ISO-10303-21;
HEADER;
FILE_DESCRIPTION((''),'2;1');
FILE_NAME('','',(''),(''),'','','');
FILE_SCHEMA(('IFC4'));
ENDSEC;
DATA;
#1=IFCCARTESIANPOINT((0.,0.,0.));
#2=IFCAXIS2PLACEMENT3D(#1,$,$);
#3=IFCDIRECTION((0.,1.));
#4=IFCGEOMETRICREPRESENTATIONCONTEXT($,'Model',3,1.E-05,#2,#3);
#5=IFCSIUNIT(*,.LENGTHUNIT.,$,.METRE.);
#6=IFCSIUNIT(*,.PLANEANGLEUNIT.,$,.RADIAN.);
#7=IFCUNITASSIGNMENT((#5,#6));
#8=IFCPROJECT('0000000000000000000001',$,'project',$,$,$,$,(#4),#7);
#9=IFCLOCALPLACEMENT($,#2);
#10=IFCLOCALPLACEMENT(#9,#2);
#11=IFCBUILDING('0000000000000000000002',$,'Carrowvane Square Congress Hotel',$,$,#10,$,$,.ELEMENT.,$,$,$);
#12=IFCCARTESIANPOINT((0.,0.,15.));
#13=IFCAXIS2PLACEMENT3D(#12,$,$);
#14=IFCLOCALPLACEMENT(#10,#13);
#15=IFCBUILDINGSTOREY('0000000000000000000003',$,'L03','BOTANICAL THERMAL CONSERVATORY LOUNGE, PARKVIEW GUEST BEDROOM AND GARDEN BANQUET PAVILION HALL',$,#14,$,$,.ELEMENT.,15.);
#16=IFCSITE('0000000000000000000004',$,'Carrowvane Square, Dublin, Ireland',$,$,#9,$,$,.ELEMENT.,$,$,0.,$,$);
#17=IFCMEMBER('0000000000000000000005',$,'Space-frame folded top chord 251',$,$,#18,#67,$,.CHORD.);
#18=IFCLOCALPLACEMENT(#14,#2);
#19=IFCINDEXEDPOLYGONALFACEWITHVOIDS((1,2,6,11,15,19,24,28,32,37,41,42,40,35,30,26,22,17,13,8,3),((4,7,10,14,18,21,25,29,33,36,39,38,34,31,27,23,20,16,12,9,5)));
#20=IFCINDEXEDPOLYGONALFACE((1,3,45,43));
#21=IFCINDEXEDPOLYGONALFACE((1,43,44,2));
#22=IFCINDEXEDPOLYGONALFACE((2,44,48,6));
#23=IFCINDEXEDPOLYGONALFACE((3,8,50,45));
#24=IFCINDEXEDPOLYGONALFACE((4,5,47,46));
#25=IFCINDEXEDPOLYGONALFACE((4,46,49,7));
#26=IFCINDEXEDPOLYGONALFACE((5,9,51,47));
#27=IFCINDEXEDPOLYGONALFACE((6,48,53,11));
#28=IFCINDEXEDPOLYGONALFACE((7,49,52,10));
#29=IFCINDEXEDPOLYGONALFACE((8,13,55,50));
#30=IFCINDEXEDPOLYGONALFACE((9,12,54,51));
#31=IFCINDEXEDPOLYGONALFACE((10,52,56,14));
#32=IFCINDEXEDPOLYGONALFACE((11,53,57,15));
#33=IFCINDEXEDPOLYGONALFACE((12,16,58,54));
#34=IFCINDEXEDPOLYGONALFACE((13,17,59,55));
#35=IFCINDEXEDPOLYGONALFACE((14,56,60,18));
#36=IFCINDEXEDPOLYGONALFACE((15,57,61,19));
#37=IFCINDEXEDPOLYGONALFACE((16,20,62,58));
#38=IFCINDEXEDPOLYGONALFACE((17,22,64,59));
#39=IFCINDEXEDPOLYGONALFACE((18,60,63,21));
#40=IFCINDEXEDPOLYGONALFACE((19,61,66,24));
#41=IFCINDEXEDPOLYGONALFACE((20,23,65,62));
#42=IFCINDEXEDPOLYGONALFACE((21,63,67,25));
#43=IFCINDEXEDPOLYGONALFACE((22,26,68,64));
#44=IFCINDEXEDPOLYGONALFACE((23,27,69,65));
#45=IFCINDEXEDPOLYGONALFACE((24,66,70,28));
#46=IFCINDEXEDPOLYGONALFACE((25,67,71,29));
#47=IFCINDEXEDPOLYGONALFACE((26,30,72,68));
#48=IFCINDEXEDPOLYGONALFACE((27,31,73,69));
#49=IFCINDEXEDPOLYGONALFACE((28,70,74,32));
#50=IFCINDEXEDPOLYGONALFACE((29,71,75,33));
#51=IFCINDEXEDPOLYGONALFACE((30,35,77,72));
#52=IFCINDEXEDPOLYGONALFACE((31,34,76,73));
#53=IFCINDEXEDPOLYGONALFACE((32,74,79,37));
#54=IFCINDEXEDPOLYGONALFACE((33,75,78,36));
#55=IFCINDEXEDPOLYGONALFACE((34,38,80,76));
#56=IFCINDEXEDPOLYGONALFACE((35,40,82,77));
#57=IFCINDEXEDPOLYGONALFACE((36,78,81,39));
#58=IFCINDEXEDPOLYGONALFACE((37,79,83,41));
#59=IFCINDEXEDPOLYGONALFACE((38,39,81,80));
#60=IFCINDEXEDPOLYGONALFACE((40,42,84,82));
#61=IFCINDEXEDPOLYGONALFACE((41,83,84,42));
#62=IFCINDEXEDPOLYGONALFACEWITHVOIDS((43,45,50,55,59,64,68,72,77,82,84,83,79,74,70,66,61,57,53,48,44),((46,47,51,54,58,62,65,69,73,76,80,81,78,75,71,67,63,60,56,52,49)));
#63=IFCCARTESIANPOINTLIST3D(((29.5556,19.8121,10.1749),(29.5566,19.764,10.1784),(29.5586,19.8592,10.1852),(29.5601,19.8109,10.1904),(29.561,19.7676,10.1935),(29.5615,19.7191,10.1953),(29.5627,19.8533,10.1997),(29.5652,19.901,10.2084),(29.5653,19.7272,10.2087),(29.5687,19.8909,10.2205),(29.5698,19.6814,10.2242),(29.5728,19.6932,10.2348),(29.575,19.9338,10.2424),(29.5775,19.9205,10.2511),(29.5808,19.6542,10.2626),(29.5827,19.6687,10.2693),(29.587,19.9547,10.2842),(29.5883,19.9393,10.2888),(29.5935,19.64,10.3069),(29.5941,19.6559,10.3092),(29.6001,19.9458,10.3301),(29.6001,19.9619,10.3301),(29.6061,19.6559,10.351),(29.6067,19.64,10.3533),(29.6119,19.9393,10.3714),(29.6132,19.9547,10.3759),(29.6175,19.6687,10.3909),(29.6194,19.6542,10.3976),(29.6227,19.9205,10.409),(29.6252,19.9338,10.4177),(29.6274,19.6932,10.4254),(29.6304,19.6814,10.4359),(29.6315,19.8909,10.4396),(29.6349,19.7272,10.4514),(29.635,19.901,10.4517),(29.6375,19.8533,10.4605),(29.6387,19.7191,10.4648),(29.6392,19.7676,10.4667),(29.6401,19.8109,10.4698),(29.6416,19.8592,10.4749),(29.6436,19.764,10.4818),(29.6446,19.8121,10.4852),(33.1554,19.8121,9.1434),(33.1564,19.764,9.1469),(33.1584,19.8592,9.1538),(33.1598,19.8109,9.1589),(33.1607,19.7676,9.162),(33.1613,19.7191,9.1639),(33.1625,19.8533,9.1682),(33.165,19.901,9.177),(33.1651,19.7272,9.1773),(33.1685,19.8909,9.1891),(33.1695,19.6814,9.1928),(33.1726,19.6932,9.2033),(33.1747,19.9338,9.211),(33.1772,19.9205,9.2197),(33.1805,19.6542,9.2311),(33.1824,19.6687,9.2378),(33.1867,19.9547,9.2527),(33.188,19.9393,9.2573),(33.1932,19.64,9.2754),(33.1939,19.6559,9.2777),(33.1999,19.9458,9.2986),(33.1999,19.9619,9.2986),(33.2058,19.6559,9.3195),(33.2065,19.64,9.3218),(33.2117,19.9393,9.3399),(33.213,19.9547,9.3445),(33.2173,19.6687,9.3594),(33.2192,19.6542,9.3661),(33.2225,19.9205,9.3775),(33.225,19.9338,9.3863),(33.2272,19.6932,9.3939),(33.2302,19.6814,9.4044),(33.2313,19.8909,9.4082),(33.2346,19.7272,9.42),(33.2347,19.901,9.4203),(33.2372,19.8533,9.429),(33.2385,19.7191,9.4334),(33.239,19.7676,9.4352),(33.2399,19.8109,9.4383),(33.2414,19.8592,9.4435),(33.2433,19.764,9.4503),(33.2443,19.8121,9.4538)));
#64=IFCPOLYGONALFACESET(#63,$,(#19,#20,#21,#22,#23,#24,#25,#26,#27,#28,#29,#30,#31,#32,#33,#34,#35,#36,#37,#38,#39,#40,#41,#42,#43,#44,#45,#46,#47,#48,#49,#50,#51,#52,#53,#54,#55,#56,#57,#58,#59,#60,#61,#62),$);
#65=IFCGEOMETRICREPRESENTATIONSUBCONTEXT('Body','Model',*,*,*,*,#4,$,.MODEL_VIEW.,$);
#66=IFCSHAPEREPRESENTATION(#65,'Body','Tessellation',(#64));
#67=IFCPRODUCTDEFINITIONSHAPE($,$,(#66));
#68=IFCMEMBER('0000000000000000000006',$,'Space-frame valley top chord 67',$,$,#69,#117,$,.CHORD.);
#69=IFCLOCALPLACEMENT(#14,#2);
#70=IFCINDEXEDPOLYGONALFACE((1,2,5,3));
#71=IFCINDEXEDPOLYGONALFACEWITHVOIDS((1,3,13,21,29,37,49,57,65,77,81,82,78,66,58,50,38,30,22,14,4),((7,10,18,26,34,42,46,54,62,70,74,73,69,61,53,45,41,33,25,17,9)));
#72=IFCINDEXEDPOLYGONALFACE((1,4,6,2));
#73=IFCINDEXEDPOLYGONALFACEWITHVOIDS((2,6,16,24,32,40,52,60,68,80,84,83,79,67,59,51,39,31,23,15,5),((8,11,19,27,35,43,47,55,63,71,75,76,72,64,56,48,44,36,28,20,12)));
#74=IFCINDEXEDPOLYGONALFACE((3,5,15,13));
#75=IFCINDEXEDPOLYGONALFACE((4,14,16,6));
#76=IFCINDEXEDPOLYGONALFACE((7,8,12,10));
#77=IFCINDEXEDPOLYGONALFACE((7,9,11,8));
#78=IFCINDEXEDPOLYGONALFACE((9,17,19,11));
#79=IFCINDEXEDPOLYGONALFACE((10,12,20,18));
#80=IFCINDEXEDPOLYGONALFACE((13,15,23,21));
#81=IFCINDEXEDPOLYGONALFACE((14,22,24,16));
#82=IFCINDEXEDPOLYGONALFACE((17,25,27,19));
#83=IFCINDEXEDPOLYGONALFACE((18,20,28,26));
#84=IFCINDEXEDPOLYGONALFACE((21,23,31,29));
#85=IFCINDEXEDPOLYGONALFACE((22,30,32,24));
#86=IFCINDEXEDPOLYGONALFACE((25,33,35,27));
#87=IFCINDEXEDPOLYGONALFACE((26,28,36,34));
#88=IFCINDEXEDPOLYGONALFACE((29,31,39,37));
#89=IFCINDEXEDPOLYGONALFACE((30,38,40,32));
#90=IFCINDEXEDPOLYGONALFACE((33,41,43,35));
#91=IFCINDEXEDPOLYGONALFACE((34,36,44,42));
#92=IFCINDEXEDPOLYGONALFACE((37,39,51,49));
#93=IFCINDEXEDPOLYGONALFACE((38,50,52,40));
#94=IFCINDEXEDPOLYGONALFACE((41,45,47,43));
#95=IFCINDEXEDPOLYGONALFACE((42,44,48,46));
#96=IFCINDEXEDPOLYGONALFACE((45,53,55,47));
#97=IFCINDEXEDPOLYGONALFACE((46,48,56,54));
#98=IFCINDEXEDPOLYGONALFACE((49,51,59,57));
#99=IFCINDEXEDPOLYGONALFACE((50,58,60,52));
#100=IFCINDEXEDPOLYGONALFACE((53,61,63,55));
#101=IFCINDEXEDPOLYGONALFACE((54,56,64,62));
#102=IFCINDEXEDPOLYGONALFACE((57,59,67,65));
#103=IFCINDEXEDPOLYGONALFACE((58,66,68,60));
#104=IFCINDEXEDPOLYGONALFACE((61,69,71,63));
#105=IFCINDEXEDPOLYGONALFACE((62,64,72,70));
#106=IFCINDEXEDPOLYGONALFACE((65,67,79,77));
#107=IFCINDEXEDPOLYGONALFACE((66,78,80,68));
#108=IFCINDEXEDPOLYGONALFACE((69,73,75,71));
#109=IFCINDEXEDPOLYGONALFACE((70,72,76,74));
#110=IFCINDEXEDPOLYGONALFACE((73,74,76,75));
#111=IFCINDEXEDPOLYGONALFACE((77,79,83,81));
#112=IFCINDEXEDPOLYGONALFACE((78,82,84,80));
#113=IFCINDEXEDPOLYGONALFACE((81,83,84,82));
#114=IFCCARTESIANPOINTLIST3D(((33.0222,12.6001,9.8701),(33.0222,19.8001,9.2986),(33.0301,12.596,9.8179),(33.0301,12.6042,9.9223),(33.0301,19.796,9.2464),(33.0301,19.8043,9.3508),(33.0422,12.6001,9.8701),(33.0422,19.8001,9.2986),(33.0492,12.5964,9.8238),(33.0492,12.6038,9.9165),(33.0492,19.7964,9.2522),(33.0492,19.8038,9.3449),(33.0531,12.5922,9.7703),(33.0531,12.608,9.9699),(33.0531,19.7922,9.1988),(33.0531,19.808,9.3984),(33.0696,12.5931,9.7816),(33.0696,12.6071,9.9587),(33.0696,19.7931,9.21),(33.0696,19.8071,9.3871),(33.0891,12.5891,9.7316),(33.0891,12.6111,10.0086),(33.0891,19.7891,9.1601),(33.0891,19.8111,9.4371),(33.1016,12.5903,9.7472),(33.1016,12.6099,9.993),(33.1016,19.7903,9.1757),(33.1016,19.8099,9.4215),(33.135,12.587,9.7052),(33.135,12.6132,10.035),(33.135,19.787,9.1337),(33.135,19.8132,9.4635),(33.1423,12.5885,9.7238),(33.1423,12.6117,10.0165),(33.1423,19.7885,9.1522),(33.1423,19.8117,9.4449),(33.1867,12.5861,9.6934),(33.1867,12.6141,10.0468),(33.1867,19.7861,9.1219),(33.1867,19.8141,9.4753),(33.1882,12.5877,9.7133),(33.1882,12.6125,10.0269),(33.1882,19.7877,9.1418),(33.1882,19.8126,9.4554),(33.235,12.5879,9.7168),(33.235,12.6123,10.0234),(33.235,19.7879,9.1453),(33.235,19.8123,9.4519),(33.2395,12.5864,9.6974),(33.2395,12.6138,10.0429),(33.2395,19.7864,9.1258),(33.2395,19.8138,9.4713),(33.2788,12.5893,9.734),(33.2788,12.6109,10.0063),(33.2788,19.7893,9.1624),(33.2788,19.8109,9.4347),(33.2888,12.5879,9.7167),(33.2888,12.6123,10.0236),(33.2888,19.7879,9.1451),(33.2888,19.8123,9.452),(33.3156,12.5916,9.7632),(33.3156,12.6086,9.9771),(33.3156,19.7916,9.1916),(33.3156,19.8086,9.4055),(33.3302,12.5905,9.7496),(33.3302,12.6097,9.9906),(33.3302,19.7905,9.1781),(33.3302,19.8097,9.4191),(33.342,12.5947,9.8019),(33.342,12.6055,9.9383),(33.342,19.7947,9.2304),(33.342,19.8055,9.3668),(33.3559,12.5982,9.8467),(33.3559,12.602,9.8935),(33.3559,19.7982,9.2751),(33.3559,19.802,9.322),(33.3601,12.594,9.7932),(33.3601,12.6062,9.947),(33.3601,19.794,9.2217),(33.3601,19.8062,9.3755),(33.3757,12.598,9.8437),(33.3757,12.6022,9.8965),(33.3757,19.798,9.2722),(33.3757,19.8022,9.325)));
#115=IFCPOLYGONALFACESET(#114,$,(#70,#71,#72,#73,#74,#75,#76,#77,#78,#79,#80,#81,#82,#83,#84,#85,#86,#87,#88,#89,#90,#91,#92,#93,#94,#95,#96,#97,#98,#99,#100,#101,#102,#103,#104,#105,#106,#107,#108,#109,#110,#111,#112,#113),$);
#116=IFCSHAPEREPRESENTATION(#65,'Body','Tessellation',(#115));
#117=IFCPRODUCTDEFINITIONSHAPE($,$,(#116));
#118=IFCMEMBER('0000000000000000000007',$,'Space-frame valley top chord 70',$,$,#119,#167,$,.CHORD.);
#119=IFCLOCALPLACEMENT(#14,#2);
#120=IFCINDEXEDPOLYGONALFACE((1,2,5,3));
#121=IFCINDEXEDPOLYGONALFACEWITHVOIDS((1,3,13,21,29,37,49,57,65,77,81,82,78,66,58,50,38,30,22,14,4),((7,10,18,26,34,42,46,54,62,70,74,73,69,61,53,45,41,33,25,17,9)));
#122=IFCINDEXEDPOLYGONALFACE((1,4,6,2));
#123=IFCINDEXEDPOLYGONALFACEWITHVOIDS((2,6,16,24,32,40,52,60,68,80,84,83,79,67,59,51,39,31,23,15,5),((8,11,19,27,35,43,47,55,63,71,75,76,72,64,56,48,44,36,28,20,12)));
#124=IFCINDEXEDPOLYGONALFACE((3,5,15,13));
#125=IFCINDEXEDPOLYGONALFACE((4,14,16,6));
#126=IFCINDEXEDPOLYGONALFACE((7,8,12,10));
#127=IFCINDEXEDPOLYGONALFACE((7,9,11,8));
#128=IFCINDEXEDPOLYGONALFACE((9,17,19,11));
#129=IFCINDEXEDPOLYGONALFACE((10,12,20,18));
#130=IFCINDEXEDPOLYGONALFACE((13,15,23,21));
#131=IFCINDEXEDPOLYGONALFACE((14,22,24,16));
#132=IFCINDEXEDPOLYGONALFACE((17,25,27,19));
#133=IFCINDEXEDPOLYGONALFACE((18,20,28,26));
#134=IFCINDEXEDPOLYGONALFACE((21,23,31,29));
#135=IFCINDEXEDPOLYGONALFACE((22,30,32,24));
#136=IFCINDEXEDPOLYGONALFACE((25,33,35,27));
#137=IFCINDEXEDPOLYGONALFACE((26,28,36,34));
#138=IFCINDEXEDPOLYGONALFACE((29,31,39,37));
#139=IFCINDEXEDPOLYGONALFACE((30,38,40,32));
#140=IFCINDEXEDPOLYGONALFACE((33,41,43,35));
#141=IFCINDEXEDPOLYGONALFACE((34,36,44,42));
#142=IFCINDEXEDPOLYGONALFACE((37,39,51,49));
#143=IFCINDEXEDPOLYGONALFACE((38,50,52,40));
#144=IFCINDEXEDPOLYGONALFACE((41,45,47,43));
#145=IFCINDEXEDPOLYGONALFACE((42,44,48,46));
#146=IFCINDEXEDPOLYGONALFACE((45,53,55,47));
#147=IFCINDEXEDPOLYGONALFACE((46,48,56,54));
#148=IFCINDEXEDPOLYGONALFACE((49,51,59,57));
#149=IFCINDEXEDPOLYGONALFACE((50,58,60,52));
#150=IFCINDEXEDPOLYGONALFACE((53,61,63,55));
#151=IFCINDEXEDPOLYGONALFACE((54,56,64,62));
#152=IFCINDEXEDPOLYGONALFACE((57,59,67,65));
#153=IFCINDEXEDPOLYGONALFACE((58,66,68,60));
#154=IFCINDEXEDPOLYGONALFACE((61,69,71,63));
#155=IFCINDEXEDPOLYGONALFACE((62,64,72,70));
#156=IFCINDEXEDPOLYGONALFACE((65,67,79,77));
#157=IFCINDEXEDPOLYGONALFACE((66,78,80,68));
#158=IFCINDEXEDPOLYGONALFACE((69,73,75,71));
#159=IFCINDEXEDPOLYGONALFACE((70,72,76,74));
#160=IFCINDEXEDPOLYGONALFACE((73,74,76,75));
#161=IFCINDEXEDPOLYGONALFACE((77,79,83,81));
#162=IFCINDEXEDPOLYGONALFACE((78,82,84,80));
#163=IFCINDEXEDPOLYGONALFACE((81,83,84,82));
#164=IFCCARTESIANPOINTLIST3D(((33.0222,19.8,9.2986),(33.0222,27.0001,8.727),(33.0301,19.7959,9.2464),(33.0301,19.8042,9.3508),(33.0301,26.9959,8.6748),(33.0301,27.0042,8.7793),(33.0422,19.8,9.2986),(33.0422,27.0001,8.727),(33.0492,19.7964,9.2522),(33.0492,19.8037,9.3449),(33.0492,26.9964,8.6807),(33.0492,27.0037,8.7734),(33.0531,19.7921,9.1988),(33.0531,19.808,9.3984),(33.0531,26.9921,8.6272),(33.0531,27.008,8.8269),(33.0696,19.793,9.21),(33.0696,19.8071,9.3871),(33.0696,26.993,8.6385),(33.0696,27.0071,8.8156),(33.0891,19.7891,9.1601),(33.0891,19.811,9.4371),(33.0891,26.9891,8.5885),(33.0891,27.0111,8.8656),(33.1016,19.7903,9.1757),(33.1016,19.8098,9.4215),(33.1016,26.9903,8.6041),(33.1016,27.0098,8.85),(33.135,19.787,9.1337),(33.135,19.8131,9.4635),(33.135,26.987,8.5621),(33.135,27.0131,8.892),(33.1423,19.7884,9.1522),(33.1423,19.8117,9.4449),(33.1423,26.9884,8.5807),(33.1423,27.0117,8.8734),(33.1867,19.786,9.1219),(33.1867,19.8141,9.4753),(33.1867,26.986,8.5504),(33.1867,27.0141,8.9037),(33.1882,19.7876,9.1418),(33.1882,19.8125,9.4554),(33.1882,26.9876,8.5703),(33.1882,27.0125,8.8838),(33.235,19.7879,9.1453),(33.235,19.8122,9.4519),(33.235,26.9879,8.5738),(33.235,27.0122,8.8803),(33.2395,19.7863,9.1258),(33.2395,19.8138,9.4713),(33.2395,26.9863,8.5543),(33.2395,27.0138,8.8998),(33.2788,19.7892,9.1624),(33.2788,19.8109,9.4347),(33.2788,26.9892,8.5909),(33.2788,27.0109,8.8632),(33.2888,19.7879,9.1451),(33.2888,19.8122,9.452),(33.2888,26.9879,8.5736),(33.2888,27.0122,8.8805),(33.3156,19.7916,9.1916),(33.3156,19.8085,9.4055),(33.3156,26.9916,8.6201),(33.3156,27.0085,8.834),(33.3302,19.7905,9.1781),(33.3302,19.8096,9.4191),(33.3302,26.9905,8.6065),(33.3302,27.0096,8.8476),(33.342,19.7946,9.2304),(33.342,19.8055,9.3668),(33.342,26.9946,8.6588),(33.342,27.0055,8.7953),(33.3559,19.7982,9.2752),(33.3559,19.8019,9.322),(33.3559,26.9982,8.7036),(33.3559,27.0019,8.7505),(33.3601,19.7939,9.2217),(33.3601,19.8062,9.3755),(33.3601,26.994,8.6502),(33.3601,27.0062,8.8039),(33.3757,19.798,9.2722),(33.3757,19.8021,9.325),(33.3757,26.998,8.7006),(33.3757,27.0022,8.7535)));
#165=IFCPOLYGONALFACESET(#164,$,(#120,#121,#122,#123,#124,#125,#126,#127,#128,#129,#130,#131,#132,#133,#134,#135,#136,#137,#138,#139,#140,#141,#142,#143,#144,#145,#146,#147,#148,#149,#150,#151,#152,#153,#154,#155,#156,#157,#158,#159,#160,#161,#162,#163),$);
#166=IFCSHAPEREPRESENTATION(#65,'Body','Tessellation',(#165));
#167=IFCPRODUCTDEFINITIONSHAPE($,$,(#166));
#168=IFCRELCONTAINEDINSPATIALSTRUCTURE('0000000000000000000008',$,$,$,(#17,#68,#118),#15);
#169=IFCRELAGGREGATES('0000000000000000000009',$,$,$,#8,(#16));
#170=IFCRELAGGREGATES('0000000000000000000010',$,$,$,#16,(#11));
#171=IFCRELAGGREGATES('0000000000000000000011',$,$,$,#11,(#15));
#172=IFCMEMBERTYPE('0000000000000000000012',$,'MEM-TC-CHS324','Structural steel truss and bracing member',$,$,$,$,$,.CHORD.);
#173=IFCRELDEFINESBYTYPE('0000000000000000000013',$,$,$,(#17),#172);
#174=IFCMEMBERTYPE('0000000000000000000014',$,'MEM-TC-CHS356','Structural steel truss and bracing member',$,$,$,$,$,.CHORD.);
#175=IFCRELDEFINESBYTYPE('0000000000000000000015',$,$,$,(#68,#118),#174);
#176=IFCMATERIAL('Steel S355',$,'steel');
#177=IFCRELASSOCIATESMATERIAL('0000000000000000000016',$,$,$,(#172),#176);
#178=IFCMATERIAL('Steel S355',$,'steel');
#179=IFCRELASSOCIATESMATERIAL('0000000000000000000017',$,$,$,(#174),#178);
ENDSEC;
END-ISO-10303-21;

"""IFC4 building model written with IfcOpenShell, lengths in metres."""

from ifc_helpers import new_model, si_unit, direction, frame, origin, origin_2d, place, context, subcontext, project, spatial, hollow_circle, extrude, material, material_profile, profile_set, type_object, element, save


model = new_model("IFC4")

# Units and contexts
model_context = context("Model", 3, precision=1e-05, world=origin(), true_north=direction((0.0, 1.0)))
body_context = subcontext(model_context, "Body", "Model", "MODEL_VIEW")
ifc_project = project(units=[si_unit("LENGTHUNIT", "METRE"), si_unit("PLANEANGLEUNIT", "RADIAN")], contexts=[model_context])

# Site, building, storey
site_placement = place(None, origin())
site = spatial("IfcSite", under=ifc_project, at=site_placement, Name="Carrowvane Square, Dublin, Ireland", CompositionType="ELEMENT", RefElevation=0.0)
building_placement = place(site_placement, origin())
building = spatial("IfcBuilding", under=site, at=building_placement, Name="Carrowvane Square Congress Hotel", CompositionType="ELEMENT")
storey_placement = place(building_placement, frame((0.0, 0.0, 15.0)))
storey = spatial("IfcBuildingStorey", under=building, at=storey_placement, Name="L03", Description="BOTANICAL THERMAL CONSERVATORY LOUNGE, PARKVIEW GUEST BEDROOM AND GARDEN BANQUET PAVILION HALL", CompositionType="ELEMENT", Elevation=15.0)

# Members
ifc_material_1 = material(Name="Steel S355", Category="steel")
ifc_material_profile_1 = material_profile(ifc_material_1, hollow_circle(Radius=0.1619, WallThickness=0.0161, at=origin_2d()), Name="CHS 323.9x16")
ifc_profile_set_1 = profile_set([ifc_material_profile_1], Name="Steel S355")
member_type_1 = type_object("IfcMemberType", Name="MEM-TC-CHS324", Description="Structural steel truss and bracing member", PredefinedType="CHORD", material=ifc_profile_set_1)
member_1_placement = place(storey_placement, frame((29.6001, 19.8, 10.3301), z_axis=(0.961315, 0.0, -0.275453), x_axis=(0.0, 1.0, 0.0)))
element("IfcMember", 1, at=member_1_placement, inside=storey, type_object=member_type_1, Name="Space-frame folded top chord 251", PredefinedType="CHORD", context=body_context, shape_type="SweptSolid", body=[
    extrude(hollow_circle(Radius=0.1619, WallThickness=0.0161, at=origin_2d()), origin(), (0.0, 0.0, 1.0), 3.7446),
])
ifc_material_2 = material(Name="Steel S355", Category="steel")
ifc_material_profile_2 = material_profile(ifc_material_2, hollow_circle(Radius=0.1777, WallThickness=0.02, at=origin_2d()), Name="CHS 355.6x20")
ifc_profile_set_2 = profile_set([ifc_material_profile_2], Name="Steel S355")
member_type_2 = type_object("IfcMemberType", Name="MEM-TC-CHS356", Description="Structural steel truss and bracing member", PredefinedType="CHORD", material=ifc_profile_set_2)
for number, where, z_axis, x_axis, name in (
    (2, (33.2, 12.6001, 9.8701), (0.0, 0.996864, -0.079131), (-1.0, 0.0, 0.0), "Space-frame valley top chord 67"),
    (3, (33.2, 19.8, 9.2986), (0.0, 0.996864, -0.079131), (-1.0, 0.0, 0.0), "Space-frame valley top chord 70"),
):
    element("IfcMember", number, at=place(storey_placement, frame(where, z_axis=z_axis, x_axis=x_axis)), inside=storey, type_object=member_type_2, Name=name, PredefinedType="CHORD", context=body_context, shape_type="SweptSolid", body=[
        extrude(hollow_circle(Radius=0.1777, WallThickness=0.02, at=origin_2d()), origin(), (0.0, 0.0, 1.0), 7.2227),
    ])

save(model, "model.ifc")
